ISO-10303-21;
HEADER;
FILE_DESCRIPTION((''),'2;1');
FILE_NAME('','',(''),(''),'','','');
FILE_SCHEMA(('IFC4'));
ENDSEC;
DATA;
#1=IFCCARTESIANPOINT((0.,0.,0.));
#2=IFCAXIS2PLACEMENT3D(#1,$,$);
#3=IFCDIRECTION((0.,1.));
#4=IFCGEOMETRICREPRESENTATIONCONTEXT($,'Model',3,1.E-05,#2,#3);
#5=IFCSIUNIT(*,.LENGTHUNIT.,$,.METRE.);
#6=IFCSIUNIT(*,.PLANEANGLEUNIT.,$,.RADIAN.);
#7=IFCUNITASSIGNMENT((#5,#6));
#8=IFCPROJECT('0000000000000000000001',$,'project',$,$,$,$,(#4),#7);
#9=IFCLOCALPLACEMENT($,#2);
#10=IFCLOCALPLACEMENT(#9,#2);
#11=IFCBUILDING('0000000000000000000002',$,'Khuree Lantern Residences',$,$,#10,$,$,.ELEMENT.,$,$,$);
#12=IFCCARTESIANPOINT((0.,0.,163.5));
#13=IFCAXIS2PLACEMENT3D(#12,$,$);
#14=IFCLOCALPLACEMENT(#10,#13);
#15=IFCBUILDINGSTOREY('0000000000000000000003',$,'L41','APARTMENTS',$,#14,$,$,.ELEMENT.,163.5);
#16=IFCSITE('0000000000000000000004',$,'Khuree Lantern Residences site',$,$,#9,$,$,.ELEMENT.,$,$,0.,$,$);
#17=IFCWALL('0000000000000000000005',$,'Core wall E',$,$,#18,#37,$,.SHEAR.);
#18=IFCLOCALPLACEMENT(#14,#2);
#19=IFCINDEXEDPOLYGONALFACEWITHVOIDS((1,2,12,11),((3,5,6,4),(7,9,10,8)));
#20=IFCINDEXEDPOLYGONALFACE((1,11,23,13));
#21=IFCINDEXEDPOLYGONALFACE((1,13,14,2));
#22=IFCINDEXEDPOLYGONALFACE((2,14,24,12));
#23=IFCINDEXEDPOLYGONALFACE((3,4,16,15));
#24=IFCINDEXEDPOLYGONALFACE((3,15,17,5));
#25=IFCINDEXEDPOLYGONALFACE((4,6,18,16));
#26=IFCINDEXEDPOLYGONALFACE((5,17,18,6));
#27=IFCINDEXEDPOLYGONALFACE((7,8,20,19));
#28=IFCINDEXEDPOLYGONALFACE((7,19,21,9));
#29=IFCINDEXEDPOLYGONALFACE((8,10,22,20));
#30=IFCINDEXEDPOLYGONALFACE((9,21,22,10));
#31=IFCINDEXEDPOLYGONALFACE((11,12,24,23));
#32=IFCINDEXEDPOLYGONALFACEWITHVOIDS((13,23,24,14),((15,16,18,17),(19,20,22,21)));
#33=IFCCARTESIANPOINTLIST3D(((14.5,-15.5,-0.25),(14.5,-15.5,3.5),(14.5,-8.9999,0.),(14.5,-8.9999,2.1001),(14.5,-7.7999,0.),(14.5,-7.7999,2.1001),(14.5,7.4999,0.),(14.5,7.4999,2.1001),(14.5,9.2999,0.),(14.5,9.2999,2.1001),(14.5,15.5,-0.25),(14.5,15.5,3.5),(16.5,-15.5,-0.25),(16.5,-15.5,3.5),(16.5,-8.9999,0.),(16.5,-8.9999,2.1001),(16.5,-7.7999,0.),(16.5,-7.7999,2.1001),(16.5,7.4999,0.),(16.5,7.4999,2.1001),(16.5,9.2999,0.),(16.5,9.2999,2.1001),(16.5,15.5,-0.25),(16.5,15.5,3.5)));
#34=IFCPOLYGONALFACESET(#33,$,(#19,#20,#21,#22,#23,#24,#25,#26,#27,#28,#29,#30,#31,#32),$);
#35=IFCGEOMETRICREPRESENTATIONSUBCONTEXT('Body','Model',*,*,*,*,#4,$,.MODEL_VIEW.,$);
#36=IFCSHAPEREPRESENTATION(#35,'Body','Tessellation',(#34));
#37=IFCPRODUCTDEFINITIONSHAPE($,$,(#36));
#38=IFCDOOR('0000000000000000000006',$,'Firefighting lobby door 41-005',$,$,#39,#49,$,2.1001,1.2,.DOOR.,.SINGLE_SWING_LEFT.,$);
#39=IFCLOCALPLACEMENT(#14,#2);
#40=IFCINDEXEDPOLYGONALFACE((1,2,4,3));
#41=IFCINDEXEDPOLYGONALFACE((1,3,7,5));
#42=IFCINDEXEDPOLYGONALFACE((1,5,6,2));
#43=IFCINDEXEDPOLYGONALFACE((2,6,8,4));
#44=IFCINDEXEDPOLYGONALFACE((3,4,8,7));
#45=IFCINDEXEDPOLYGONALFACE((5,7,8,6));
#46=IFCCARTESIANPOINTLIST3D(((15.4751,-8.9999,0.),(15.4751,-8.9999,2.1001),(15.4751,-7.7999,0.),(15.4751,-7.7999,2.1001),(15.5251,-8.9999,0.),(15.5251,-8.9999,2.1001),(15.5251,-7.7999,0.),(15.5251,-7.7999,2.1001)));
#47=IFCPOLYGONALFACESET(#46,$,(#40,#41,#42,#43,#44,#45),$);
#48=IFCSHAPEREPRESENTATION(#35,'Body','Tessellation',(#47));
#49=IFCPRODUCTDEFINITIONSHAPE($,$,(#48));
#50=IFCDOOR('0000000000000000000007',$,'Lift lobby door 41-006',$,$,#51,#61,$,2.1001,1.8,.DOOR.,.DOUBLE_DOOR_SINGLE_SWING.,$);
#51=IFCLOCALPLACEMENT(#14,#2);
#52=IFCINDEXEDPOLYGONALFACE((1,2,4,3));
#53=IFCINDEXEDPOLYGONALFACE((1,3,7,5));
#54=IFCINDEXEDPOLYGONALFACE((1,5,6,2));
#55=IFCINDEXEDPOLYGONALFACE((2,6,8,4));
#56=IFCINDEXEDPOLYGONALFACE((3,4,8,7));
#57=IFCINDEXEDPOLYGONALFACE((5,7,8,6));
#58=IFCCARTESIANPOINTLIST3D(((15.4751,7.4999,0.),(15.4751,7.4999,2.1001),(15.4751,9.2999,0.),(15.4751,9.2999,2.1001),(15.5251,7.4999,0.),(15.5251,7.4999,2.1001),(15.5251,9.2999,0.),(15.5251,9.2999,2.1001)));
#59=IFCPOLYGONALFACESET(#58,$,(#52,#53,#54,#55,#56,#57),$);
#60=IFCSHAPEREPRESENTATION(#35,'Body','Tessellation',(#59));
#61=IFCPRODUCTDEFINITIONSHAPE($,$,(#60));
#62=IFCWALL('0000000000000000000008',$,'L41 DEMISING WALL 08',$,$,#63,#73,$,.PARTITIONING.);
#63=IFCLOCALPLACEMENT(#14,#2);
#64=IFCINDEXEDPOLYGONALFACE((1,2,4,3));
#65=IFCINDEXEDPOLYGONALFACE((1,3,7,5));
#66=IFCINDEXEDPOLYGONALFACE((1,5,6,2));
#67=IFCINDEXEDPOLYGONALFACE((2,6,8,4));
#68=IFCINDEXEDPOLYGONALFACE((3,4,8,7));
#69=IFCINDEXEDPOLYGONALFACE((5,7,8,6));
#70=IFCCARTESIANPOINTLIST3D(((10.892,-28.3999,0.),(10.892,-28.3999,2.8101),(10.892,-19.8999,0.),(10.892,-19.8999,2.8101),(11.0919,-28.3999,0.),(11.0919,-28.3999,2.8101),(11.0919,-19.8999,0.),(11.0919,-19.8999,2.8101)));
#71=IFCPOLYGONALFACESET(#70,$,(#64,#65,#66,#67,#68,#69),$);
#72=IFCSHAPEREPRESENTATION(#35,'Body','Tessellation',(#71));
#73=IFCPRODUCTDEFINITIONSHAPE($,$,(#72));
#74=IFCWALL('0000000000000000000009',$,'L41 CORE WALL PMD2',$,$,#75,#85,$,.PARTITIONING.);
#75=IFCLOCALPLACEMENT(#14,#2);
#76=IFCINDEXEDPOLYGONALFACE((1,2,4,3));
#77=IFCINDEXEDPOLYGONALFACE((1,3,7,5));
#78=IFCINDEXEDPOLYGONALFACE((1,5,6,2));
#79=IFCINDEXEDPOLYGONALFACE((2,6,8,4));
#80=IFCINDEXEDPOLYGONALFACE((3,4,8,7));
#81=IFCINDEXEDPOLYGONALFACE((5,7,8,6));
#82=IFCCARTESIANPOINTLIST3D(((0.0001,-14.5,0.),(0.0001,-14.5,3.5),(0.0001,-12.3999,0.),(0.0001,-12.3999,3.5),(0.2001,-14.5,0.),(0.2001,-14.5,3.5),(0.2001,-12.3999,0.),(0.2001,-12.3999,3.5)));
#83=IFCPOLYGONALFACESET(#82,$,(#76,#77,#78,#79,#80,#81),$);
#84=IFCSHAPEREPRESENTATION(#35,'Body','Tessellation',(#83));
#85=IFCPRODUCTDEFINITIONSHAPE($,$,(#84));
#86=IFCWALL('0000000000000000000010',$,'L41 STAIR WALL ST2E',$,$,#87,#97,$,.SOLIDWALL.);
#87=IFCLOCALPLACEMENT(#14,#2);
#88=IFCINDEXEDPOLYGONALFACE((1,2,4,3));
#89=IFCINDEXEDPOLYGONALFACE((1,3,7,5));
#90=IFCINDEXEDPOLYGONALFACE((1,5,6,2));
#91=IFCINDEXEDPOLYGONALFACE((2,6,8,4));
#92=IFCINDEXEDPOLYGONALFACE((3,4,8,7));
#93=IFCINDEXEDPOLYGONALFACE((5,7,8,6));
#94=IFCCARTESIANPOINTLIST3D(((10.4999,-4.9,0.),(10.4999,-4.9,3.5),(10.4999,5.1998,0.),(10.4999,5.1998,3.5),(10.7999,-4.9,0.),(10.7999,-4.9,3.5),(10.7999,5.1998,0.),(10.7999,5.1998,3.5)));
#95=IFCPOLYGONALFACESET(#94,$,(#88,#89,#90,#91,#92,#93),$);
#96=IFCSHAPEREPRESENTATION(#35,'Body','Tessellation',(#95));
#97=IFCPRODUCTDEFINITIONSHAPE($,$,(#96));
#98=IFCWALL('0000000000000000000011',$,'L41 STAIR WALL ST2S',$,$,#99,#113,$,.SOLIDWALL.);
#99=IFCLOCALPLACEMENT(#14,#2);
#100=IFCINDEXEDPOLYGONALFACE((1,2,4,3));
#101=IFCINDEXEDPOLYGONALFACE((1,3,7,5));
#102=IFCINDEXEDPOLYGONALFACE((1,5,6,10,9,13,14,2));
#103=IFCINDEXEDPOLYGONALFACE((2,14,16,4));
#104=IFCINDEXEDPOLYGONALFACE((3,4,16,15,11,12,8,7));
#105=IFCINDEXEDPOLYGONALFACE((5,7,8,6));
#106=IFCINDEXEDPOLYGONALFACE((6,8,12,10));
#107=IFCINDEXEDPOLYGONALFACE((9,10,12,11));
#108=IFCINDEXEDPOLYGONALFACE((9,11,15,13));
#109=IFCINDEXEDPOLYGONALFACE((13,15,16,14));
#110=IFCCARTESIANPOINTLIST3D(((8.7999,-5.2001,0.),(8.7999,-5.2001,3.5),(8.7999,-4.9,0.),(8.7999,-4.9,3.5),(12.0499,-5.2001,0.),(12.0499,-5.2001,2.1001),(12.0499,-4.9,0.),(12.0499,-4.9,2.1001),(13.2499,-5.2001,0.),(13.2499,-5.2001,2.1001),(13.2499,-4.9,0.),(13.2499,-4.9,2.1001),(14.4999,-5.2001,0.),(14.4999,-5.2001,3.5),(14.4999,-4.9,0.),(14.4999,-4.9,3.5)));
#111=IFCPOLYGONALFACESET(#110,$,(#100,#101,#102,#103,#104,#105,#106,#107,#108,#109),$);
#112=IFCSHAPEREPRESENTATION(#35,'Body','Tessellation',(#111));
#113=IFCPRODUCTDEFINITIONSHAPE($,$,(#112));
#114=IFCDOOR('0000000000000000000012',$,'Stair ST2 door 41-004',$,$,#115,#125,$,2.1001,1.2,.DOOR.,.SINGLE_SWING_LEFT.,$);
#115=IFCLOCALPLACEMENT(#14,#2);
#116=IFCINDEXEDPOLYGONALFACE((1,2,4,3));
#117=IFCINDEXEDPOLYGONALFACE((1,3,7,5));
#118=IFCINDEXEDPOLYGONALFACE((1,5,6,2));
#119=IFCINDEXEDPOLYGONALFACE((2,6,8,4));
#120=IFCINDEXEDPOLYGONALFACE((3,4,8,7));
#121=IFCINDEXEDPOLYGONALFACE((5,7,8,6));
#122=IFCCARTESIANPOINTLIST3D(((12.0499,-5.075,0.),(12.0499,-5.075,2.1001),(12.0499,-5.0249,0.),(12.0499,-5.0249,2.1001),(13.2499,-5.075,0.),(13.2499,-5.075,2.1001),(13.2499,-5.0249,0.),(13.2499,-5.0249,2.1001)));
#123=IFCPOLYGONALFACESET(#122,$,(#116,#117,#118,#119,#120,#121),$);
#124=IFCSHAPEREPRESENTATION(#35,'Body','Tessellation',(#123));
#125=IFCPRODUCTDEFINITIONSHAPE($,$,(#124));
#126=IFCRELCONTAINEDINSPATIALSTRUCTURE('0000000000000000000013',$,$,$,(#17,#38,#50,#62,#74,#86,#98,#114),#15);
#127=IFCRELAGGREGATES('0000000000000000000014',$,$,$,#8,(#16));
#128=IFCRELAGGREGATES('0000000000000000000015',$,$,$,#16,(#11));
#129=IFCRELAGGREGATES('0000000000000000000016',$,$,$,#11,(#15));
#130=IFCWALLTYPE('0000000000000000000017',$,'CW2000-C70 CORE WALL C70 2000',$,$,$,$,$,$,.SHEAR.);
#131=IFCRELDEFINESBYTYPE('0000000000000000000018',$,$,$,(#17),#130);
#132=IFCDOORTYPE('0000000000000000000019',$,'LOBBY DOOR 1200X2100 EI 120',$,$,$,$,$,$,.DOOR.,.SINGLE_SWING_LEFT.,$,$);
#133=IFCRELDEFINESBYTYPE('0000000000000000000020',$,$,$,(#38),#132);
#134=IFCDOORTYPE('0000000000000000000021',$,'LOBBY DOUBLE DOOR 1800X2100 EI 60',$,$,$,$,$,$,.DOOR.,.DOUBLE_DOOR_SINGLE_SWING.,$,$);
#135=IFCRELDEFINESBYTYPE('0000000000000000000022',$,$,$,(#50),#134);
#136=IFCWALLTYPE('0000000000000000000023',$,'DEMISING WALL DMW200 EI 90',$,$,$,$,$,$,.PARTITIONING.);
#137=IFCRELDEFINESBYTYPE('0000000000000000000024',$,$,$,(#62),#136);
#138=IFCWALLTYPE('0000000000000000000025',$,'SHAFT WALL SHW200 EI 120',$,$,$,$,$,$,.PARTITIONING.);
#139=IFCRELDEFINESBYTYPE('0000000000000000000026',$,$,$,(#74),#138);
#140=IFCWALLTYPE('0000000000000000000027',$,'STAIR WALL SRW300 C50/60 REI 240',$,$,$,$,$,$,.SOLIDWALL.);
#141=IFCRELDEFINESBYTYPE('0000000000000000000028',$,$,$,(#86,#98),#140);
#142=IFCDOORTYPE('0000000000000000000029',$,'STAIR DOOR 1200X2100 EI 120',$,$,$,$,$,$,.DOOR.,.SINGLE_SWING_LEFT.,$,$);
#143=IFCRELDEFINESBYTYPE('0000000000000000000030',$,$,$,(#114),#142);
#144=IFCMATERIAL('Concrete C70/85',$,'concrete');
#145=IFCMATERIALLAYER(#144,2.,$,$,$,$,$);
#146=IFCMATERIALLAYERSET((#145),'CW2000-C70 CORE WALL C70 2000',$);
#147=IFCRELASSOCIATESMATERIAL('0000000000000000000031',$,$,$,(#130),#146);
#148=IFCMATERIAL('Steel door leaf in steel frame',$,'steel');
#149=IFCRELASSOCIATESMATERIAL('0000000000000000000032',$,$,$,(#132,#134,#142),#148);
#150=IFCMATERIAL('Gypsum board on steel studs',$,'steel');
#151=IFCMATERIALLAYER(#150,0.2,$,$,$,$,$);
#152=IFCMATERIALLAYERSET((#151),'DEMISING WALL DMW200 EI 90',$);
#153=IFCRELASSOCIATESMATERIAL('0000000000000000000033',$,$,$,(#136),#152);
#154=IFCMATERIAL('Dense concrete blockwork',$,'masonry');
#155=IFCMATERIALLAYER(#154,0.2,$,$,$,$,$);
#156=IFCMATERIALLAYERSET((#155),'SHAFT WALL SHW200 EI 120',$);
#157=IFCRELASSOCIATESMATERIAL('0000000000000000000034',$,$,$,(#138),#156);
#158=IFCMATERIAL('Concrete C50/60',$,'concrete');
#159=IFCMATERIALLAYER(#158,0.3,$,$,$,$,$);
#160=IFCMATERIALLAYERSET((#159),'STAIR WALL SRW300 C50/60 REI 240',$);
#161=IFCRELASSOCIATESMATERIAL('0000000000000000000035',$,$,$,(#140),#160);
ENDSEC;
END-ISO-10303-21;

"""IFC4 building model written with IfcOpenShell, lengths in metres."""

from ifc_helpers import new_model, si_unit, direction, frame, frame_2d, origin, place, context, subcontext, project, spatial, rectangle, extrude, material, layer, layer_set, type_object, element, fill, save


model = new_model("IFC4")

# Units and contexts
model_context = context("Model", 3, precision=1e-05, world=origin(), true_north=direction((0.0, 1.0)))
body_context = subcontext(model_context, "Body", "Model", "MODEL_VIEW")
ifc_project = project(units=[si_unit("LENGTHUNIT", "METRE"), si_unit("PLANEANGLEUNIT", "RADIAN")], contexts=[model_context])

# Site, building, storey
site_placement = place(None, origin())
site = spatial("IfcSite", under=ifc_project, at=site_placement, Name="Khuree Lantern Residences site", CompositionType="ELEMENT", RefElevation=0.0)
building_placement = place(site_placement, origin())
building = spatial("IfcBuilding", under=site, at=building_placement, Name="Khuree Lantern Residences", CompositionType="ELEMENT")
storey_placement = place(building_placement, frame((0.0, 0.0, 163.5)))
storey = spatial("IfcBuildingStorey", under=building, at=storey_placement, Name="L41", Description="APARTMENTS", CompositionType="ELEMENT", Elevation=163.5)

# Shared definitions
ifc_material_1 = material(Name="Concrete C70/85", Category="concrete")

# Shared definitions
ifc_material_2 = material(Name="Dense concrete blockwork", Category="masonry")

# Shared definitions
ifc_material_3 = material(Name="Gypsum board on steel studs", Category="steel")

# Wall, openings, doors
ifc_layer_1 = layer(ifc_material_1, 2.0)
ifc_layer_set_1 = layer_set([ifc_layer_1], Name="CW2000-C70 CORE WALL C70 2000")
wall_type_1 = type_object("IfcWallType", Name="CW2000-C70 CORE WALL C70 2000", PredefinedType="SHEAR", material=ifc_layer_set_1)
wall_1_placement = place(storey_placement, frame((15.5, -15.5, -0.25), z_axis=(0.0, 0.0, 1.0), x_axis=(0.0, 1.0, 0.0)))
wall_1 = element("IfcWall", 1, at=wall_1_placement, inside=storey, type_object=wall_type_1, Name="Core wall E", PredefinedType="SHEAR", context=body_context, shape_type="SweptSolid", body=[
    extrude(rectangle(XDim=31.0, YDim=2.0, at=frame_2d((15.5, 0.0))), origin(), (0.0, 0.0, 1.0), 3.75),
])
opening_1_placement = place(wall_1_placement, frame((6.5, 0.0, 0.25)))
opening_1 = element("IfcOpeningElement", 2, at=opening_1_placement, cuts=wall_1, PredefinedType="OPENING", context=body_context, shape_type="SweptSolid", body=[
    extrude(rectangle(XDim=1.2, YDim=2.1001, at=frame_2d((0.6001, 1.05))), frame((0.0, 1.01, 0.0), z_axis=(0.0, -1.0, 0.0), x_axis=(1.0, 0.0, 0.0)), (0.0, 0.0, 1.0), 2.02),
])
opening_2_placement = place(wall_1_placement, frame((23.0, 0.0, 0.25)))
opening_2 = element("IfcOpeningElement", 3, at=opening_2_placement, cuts=wall_1, PredefinedType="OPENING", context=body_context, shape_type="SweptSolid", body=[
    extrude(rectangle(XDim=1.8, YDim=2.1001, at=frame_2d((0.8999, 1.05))), frame((0.0, 1.01, 0.0), z_axis=(0.0, -1.0, 0.0), x_axis=(1.0, 0.0, 0.0)), (0.0, 0.0, 1.0), 2.02),
])
ifc_material_4 = material(Name="Steel door leaf in steel frame", Category="steel")
door_type_1 = type_object("IfcDoorType", Name="LOBBY DOOR 1200X2100 EI 120", OperationType="SINGLE_SWING_LEFT", PredefinedType="DOOR", material=ifc_material_4)
door_1_placement = place(opening_1_placement, origin())
door_1 = element("IfcDoor", 4, at=door_1_placement, inside=storey, type_object=door_type_1, Name="Firefighting lobby door 41-005", OperationType="SINGLE_SWING_LEFT", OverallHeight=2.1001, OverallWidth=1.2, PredefinedType="DOOR", context=body_context, shape_type="SweptSolid", body=[
    extrude(rectangle(XDim=1.2, YDim=2.1001, at=frame_2d((0.6001, 1.05))), frame((0.0, 0.0249, 0.0), z_axis=(0.0, -1.0, 0.0), x_axis=(1.0, 0.0, 0.0)), (0.0, 0.0, 1.0), 0.05),
])
fill(opening_1, door_1)
door_type_2 = type_object("IfcDoorType", Name="LOBBY DOUBLE DOOR 1800X2100 EI 60", OperationType="DOUBLE_DOOR_SINGLE_SWING", PredefinedType="DOOR", material=ifc_material_4)
door_2_placement = place(opening_2_placement, origin())
door_2 = element("IfcDoor", 5, at=door_2_placement, inside=storey, type_object=door_type_2, Name="Lift lobby door 41-006", OperationType="DOUBLE_DOOR_SINGLE_SWING", OverallHeight=2.1001, OverallWidth=1.8, PredefinedType="DOOR", context=body_context, shape_type="SweptSolid", body=[
    extrude(rectangle(XDim=1.8, YDim=2.1001, at=frame_2d((0.8999, 1.05))), frame((0.0, 0.0249, 0.0), z_axis=(0.0, -1.0, 0.0), x_axis=(1.0, 0.0, 0.0)), (0.0, 0.0, 1.0), 0.05),
])
fill(opening_2, door_2)

# Walls
ifc_layer_2 = layer(ifc_material_3, 0.2)
ifc_layer_set_2 = layer_set([ifc_layer_2], Name="DEMISING WALL DMW200 EI 90")
wall_type_2 = type_object("IfcWallType", Name="DEMISING WALL DMW200 EI 90", PredefinedType="PARTITIONING", material=ifc_layer_set_2)
wall_2_placement = place(storey_placement, frame((10.9919, -19.8999, 0.0), z_axis=(0.0, 0.0, 1.0), x_axis=(0.0, -1.0, 0.0)))
element("IfcWall", 6, at=wall_2_placement, inside=storey, type_object=wall_type_2, Name="L41 DEMISING WALL 08", PredefinedType="PARTITIONING", context=body_context, shape_type="SweptSolid", body=[
    extrude(rectangle(XDim=8.5, YDim=0.2, at=frame_2d((4.25, 0.0))), origin(), (0.0, 0.0, 1.0), 2.8101),
])
ifc_layer_3 = layer(ifc_material_2, 0.2)
ifc_layer_set_3 = layer_set([ifc_layer_3], Name="SHAFT WALL SHW200 EI 120")
wall_type_3 = type_object("IfcWallType", Name="SHAFT WALL SHW200 EI 120", PredefinedType="PARTITIONING", material=ifc_layer_set_3)
wall_3_placement = place(storey_placement, frame((0.1001, -14.5, 0.0), z_axis=(0.0, 0.0, 1.0), x_axis=(0.0, 1.0, 0.0)))
element("IfcWall", 7, at=wall_3_placement, inside=storey, type_object=wall_type_3, Name="L41 CORE WALL PMD2", PredefinedType="PARTITIONING", context=body_context, shape_type="SweptSolid", body=[
    extrude(rectangle(XDim=2.1001, YDim=0.2, at=frame_2d((1.05, 0.0))), origin(), (0.0, 0.0, 1.0), 3.5),
])
ifc_material_5 = material(Name="Concrete C50/60", Category="concrete")
ifc_layer_4 = layer(ifc_material_5, 0.3)
ifc_layer_set_4 = layer_set([ifc_layer_4], Name="STAIR WALL SRW300 C50/60 REI 240")
wall_type_4 = type_object("IfcWallType", Name="STAIR WALL SRW300 C50/60 REI 240", PredefinedType="SOLIDWALL", material=ifc_layer_set_4)
wall_4_placement = place(storey_placement, frame((10.6499, -4.8999, 0.0), z_axis=(0.0, 0.0, 1.0), x_axis=(0.0, 1.0, 0.0)))
element("IfcWall", 8, at=wall_4_placement, inside=storey, type_object=wall_type_4, Name="L41 STAIR WALL ST2E", PredefinedType="SOLIDWALL", context=body_context, shape_type="SweptSolid", body=[
    extrude(rectangle(XDim=10.0999, YDim=0.3, at=frame_2d((5.0498, 0.0))), origin(), (0.0, 0.0, 1.0), 3.5),
])

# Wall, opening, door
wall_5_placement = place(storey_placement, frame((14.5, -5.05, 0.0), z_axis=(0.0, 0.0, 1.0), x_axis=(-1.0, 0.0, 0.0)))
wall_5 = element("IfcWall", 9, at=wall_5_placement, inside=storey, type_object=wall_type_4, Name="L41 STAIR WALL ST2S", PredefinedType="SOLIDWALL", context=body_context, shape_type="SweptSolid", body=[
    extrude(rectangle(XDim=5.7, YDim=0.3, at=frame_2d((2.8501, 0.0))), origin(), (0.0, 0.0, 1.0), 3.5),
])
opening_3_placement = place(wall_5_placement, frame((1.25, 0.0, 0.0)))
opening_3 = element("IfcOpeningElement", 10, at=opening_3_placement, cuts=wall_5, PredefinedType="OPENING", context=body_context, shape_type="SweptSolid", body=[
    extrude(rectangle(XDim=1.2, YDim=2.1001, at=frame_2d((0.6001, 1.05))), frame((0.0, 0.1602, 0.0), z_axis=(0.0, -1.0, 0.0), x_axis=(1.0, 0.0, 0.0)), (0.0, 0.0, 1.0), 0.3201),
])
door_type_3 = type_object("IfcDoorType", Name="STAIR DOOR 1200X2100 EI 120", OperationType="SINGLE_SWING_LEFT", PredefinedType="DOOR", material=ifc_material_4)
door_3_placement = place(opening_3_placement, origin())
door_3 = element("IfcDoor", 11, at=door_3_placement, inside=storey, type_object=door_type_3, Name="Stair ST2 door 41-004", OperationType="SINGLE_SWING_LEFT", OverallHeight=2.1001, OverallWidth=1.2, PredefinedType="DOOR", context=body_context, shape_type="SweptSolid", body=[
    extrude(rectangle(XDim=1.2, YDim=2.1001, at=frame_2d((0.6001, 1.05))), frame((0.0, 0.0249, 0.0), z_axis=(0.0, -1.0, 0.0), x_axis=(1.0, 0.0, 0.0)), (0.0, 0.0, 1.0), 0.05),
])
fill(opening_3, door_3)

save(model, "model.ifc")
